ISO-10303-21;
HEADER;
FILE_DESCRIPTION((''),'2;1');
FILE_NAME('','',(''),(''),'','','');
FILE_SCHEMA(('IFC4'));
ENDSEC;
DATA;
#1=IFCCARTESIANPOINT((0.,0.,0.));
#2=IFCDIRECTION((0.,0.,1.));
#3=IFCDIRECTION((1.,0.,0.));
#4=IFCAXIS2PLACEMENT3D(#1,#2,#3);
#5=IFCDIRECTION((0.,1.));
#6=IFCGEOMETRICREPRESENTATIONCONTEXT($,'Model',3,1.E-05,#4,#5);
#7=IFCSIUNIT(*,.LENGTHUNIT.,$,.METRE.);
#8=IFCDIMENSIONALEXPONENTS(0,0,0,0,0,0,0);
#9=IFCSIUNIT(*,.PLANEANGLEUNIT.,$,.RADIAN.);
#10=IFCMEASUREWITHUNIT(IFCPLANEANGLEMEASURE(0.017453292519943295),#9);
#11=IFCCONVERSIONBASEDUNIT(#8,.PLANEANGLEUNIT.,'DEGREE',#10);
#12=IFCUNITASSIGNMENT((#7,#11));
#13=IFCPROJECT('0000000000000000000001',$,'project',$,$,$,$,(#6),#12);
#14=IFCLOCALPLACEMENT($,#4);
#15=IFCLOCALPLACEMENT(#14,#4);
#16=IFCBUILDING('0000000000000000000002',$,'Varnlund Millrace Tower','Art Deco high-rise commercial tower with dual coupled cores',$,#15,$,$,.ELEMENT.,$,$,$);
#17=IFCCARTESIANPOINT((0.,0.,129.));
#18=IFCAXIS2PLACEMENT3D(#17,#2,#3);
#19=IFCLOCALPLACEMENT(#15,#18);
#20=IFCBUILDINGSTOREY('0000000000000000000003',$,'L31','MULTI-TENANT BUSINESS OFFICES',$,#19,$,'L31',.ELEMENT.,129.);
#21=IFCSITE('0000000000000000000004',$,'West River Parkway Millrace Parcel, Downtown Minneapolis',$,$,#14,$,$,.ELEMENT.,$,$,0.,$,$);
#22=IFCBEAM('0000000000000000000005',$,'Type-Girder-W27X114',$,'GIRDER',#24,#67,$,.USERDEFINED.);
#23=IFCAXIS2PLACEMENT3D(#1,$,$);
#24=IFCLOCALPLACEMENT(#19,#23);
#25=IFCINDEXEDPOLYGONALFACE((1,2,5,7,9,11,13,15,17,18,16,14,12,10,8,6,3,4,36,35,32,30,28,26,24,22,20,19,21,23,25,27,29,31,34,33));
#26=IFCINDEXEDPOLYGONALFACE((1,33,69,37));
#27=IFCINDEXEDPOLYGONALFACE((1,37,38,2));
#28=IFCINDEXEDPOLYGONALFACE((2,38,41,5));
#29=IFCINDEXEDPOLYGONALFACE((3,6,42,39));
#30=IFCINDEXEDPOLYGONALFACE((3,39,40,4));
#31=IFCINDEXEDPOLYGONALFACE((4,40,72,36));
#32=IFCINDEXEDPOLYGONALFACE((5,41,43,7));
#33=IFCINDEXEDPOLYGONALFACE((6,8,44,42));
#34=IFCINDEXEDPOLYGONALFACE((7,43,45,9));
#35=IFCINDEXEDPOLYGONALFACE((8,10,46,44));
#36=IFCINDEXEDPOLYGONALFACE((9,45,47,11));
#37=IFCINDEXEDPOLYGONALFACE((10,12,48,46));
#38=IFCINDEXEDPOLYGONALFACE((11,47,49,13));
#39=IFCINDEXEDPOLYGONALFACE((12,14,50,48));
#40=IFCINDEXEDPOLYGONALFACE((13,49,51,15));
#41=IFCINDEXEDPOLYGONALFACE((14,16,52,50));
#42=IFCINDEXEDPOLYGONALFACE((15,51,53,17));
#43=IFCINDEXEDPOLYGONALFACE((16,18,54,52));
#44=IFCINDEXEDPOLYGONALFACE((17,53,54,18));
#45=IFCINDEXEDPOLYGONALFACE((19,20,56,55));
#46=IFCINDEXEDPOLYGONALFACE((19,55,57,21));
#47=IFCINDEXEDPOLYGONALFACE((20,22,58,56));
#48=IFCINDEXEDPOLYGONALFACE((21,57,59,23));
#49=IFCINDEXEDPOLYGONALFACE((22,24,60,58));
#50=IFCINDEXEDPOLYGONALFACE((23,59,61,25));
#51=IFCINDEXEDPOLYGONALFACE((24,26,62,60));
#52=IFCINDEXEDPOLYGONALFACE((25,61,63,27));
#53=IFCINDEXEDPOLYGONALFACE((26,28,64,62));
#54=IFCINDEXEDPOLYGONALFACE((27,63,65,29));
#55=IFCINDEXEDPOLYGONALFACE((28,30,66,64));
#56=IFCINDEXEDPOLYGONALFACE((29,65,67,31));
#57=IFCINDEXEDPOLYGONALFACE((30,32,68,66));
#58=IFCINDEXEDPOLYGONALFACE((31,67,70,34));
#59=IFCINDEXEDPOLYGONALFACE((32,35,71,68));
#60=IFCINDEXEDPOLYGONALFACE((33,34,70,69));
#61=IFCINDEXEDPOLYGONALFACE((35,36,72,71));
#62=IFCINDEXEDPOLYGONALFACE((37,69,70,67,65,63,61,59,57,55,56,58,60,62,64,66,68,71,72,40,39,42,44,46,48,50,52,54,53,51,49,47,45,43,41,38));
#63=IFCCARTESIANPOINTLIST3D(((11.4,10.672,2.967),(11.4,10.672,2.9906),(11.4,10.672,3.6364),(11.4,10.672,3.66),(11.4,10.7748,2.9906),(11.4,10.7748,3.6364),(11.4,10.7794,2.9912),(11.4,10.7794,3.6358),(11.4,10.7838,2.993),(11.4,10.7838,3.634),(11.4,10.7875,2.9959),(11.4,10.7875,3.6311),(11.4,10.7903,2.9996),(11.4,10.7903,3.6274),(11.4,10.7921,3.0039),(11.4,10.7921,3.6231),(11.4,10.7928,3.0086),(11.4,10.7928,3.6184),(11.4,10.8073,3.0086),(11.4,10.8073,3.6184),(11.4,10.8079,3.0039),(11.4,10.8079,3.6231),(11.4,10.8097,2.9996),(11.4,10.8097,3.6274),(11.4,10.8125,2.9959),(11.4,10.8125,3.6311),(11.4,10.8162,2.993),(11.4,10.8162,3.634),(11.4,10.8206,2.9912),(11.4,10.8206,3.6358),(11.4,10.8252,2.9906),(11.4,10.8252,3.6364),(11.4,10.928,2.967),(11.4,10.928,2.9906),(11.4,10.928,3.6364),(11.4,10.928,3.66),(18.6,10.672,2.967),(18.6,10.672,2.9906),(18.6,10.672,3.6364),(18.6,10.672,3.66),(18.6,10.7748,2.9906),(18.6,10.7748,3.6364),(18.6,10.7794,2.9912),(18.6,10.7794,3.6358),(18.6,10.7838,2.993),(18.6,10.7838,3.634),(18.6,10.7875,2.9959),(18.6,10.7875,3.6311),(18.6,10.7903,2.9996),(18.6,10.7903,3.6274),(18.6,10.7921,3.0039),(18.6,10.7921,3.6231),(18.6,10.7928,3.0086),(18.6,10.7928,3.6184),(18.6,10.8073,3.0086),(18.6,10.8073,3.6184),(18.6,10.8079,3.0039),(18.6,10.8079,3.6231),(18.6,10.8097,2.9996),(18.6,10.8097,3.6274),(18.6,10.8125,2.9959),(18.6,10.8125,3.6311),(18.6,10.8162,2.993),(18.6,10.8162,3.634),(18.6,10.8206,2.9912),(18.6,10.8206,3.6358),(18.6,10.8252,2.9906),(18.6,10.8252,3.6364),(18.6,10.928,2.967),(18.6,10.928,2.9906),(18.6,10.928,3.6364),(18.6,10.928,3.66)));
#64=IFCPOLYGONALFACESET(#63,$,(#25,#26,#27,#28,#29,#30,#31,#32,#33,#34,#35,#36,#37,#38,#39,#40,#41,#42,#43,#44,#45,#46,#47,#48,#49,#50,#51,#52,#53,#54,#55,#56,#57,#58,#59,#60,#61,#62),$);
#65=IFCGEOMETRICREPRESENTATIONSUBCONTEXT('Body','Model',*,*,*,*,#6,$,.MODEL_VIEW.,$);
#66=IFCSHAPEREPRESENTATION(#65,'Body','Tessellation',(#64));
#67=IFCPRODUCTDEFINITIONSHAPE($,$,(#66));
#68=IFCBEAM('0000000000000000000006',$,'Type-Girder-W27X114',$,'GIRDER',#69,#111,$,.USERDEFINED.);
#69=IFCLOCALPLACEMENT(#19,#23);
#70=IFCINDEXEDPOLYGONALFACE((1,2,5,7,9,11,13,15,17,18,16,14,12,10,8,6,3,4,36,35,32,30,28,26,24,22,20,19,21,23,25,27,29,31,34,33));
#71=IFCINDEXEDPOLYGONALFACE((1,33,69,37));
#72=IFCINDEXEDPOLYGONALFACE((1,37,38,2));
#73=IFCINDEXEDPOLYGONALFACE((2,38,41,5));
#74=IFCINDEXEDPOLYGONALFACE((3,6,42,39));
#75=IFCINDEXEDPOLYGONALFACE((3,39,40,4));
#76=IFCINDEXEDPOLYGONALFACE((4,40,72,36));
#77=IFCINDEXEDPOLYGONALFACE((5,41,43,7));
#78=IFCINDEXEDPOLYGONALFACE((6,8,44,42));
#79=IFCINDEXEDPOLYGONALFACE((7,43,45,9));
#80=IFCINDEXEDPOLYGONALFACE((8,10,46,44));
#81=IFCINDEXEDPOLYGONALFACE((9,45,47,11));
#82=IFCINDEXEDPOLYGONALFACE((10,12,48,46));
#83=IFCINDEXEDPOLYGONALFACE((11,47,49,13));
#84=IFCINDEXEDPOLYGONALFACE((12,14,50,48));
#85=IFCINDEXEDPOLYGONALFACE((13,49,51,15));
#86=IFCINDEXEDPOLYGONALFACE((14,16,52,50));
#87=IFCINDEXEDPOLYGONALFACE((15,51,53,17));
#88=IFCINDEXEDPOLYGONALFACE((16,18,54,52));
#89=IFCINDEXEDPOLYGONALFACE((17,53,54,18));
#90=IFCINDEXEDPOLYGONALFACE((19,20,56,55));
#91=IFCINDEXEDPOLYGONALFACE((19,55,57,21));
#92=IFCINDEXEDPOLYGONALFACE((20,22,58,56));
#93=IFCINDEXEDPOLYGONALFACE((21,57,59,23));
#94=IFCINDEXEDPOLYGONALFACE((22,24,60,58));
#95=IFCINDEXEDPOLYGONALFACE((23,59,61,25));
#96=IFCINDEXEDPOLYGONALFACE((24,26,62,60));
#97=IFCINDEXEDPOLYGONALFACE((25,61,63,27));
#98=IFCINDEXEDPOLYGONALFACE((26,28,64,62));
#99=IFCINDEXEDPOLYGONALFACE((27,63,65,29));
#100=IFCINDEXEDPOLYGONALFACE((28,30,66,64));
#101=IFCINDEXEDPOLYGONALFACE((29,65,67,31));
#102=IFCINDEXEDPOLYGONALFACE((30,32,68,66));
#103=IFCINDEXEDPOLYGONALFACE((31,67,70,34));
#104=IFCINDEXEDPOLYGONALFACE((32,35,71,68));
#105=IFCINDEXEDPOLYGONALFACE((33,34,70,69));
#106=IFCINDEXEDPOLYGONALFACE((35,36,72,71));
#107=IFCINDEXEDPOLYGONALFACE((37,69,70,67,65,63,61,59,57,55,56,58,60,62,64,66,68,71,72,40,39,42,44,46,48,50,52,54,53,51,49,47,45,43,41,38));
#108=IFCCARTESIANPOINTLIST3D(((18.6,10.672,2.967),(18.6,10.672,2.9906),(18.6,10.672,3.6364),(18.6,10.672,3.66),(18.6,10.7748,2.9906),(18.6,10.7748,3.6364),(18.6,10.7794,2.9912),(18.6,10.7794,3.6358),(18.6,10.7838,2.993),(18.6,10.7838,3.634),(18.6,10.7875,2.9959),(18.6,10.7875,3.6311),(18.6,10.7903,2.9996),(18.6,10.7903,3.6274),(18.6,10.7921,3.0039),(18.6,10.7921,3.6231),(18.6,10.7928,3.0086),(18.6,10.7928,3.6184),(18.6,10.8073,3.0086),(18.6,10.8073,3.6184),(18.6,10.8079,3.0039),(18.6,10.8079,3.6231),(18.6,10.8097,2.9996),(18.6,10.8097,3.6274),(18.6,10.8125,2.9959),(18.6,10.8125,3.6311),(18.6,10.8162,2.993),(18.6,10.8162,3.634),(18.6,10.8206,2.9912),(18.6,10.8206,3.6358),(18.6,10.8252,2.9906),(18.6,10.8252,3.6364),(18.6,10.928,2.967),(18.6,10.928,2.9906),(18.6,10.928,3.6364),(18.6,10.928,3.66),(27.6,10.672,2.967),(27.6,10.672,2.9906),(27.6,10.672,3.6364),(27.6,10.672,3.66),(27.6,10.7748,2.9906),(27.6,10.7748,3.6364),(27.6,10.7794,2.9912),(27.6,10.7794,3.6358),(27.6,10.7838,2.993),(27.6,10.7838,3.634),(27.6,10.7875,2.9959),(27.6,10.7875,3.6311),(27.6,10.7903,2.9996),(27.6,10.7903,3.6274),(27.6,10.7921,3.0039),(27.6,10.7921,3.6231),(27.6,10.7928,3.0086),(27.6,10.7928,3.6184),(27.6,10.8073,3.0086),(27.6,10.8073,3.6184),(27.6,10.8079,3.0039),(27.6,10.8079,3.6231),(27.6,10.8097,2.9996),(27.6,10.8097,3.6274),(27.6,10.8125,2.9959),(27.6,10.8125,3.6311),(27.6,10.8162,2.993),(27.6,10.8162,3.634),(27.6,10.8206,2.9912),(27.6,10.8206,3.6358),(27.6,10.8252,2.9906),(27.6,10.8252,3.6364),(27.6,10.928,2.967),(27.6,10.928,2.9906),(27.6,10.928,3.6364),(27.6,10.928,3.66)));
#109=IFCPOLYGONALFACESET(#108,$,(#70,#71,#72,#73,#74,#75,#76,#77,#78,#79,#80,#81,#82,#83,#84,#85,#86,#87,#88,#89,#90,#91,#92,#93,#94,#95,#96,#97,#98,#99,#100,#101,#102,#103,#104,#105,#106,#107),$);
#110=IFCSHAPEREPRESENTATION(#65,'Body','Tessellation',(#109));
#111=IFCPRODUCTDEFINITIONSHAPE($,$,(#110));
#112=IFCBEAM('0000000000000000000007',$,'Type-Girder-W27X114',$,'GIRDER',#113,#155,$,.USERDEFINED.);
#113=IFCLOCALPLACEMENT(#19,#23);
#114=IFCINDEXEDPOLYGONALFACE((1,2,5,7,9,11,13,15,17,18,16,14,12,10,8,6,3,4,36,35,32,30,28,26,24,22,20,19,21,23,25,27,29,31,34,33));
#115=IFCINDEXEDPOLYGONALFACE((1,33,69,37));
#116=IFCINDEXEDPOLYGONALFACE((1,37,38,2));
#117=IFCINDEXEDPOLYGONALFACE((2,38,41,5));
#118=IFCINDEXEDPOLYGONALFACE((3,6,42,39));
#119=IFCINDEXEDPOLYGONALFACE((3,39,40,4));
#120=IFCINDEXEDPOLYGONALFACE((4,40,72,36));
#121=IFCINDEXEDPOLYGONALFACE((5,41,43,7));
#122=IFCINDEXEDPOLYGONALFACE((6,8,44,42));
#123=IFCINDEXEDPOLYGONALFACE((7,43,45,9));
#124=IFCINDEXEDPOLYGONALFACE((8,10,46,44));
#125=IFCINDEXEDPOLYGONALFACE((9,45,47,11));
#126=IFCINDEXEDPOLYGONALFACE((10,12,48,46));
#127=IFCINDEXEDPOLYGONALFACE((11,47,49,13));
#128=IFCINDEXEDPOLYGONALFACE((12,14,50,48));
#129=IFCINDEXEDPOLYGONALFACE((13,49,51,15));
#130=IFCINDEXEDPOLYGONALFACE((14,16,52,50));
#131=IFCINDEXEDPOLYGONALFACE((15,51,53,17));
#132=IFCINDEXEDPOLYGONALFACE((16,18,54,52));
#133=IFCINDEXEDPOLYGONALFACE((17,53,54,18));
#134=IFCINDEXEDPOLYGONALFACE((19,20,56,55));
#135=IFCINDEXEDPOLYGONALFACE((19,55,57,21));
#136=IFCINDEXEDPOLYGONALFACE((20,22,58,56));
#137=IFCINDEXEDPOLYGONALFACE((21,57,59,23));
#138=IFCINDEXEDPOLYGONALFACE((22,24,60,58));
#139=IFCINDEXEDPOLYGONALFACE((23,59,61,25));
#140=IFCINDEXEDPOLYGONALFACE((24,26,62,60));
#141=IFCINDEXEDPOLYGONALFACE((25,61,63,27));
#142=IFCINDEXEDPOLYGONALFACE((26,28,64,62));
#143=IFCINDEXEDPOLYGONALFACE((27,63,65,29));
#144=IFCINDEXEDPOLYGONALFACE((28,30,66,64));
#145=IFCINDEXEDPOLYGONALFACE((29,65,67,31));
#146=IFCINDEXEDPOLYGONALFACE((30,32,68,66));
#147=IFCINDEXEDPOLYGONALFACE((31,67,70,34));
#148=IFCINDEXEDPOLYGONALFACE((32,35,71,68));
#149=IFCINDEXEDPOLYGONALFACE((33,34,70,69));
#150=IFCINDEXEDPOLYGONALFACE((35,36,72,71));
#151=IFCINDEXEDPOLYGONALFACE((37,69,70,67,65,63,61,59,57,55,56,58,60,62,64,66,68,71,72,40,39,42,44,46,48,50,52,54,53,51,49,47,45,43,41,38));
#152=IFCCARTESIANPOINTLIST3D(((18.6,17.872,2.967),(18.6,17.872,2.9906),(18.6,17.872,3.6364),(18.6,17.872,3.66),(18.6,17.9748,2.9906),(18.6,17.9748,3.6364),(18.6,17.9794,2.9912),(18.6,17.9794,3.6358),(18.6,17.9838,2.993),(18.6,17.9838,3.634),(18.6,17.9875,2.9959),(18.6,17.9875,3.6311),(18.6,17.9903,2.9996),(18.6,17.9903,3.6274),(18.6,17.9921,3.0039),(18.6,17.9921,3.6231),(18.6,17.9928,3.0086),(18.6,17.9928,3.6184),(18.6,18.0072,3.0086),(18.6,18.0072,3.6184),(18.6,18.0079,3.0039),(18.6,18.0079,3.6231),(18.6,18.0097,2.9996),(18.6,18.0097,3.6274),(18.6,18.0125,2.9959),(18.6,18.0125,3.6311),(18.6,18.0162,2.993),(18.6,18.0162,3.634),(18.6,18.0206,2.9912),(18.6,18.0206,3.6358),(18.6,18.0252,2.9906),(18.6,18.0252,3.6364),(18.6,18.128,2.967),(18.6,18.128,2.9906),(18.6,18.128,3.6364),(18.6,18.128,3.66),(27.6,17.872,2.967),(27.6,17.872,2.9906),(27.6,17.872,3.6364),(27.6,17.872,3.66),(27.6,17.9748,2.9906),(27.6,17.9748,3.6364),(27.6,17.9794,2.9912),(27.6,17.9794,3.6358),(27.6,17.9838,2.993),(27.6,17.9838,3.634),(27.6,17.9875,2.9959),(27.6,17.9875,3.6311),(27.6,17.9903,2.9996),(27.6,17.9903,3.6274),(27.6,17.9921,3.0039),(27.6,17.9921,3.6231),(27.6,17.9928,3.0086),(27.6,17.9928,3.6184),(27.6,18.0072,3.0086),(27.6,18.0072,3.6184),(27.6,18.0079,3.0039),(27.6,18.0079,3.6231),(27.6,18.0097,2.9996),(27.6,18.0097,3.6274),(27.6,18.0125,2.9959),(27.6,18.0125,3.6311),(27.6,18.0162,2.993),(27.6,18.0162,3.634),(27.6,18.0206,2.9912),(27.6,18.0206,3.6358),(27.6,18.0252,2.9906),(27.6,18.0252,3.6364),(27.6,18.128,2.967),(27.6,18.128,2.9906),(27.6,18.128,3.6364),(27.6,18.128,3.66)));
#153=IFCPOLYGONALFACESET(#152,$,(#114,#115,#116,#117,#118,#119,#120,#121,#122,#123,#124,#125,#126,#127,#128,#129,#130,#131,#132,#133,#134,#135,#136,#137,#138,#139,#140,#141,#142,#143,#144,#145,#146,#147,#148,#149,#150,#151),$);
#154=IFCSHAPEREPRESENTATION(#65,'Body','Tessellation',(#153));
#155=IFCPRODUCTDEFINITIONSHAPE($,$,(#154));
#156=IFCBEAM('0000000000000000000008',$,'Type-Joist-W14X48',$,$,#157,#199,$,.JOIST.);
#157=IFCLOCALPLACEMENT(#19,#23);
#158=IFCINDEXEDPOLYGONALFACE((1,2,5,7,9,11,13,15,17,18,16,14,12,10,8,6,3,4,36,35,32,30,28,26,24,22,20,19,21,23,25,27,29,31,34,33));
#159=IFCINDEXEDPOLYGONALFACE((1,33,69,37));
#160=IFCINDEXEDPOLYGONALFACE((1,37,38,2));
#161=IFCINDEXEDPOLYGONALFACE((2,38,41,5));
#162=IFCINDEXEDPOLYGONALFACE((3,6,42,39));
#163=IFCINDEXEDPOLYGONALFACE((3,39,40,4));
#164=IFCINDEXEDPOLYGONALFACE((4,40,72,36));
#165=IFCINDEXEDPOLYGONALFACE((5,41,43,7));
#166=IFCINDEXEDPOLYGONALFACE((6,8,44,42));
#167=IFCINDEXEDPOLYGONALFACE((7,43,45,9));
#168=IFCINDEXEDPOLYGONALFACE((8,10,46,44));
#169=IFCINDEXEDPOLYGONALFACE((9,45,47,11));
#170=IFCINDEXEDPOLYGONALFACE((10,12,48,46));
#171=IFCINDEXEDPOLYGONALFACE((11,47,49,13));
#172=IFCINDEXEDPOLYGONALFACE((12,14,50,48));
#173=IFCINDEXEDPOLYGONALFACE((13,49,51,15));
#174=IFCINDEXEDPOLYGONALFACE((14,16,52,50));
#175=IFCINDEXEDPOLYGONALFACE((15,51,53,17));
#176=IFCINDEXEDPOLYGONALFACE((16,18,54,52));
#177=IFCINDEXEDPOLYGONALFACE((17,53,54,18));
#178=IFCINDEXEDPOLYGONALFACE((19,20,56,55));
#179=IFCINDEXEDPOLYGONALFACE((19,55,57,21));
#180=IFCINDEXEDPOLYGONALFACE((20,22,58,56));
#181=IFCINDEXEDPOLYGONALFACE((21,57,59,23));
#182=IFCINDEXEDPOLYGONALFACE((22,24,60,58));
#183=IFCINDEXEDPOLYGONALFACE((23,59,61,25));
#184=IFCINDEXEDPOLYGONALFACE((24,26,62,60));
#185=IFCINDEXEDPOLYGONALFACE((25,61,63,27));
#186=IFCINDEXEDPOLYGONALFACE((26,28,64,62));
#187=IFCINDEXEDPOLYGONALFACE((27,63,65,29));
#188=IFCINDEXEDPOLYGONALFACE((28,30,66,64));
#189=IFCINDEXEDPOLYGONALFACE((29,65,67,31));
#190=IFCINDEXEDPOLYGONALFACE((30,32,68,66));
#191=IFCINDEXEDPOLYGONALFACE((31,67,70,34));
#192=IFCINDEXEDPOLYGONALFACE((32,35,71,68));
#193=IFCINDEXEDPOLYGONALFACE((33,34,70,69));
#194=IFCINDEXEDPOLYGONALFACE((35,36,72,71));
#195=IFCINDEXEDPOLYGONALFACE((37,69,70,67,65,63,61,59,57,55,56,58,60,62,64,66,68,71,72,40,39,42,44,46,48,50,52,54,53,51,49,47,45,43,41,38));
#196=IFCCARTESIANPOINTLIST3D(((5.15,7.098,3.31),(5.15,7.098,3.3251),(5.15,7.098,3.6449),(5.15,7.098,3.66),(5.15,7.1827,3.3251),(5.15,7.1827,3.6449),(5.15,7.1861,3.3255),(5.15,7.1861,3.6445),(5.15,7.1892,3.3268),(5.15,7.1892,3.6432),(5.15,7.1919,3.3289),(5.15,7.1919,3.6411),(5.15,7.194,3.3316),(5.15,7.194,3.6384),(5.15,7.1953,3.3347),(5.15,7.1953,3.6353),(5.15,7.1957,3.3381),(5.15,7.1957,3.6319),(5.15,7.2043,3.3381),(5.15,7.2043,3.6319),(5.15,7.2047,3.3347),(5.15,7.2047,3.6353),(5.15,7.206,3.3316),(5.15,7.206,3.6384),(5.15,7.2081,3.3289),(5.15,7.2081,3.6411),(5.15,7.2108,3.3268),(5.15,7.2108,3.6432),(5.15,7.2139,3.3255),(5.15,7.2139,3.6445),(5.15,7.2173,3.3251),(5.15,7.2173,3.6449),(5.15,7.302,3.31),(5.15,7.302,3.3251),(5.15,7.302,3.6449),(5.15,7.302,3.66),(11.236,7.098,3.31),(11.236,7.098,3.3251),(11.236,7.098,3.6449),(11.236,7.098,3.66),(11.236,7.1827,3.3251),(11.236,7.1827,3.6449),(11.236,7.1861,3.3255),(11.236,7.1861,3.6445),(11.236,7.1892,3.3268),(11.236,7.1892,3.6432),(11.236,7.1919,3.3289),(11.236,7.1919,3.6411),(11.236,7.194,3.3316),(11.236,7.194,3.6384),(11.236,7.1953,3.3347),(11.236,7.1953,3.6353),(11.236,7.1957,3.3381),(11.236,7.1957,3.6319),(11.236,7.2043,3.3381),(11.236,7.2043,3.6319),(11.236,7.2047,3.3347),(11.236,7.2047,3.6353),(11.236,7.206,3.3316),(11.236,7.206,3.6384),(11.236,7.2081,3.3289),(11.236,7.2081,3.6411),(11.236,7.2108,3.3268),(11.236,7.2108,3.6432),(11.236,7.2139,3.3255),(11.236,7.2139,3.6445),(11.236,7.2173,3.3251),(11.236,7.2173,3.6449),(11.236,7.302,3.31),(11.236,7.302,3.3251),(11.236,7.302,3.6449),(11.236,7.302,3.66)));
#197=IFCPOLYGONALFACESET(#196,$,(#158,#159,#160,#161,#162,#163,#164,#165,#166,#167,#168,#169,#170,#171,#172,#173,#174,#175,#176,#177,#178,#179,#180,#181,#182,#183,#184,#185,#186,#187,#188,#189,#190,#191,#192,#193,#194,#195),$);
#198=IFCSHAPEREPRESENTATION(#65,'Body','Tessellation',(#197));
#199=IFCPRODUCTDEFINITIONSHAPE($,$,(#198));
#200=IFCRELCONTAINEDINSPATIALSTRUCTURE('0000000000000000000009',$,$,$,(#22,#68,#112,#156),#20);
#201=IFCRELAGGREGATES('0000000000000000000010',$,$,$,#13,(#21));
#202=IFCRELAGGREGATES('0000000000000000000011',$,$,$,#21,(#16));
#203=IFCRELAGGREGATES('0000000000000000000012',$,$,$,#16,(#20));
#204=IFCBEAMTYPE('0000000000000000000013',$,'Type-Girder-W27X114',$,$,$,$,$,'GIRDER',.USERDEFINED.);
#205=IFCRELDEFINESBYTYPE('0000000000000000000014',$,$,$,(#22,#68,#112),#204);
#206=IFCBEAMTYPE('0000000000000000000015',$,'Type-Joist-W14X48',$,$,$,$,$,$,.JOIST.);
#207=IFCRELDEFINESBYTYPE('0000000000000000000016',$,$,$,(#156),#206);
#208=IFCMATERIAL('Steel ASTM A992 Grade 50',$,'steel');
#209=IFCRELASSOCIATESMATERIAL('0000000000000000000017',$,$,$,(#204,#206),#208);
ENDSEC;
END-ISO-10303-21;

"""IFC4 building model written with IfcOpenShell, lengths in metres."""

from ifc_helpers import new_model, entity, si_unit, converted_unit, direction, frame, origin_with_axes, origin_2d_with_axis, place, context, subcontext, project, spatial, i_section, extrude, material, material_profile, profile_set, type_object, element, save


model = new_model("IFC4")

# Units and contexts
model_context = context("Model", 3, precision=1e-05, world=origin_with_axes(), true_north=direction((0.0, 1.0)))
body_context = subcontext(model_context, "Body", "Model", "MODEL_VIEW")
ifc_project = project(units=[si_unit("LENGTHUNIT", "METRE"), converted_unit("PLANEANGLEUNIT", "DEGREE", entity("IfcPlaneAngleMeasure", 0.017453292519943295), si_unit("PLANEANGLEUNIT", "RADIAN"), dimensions=[0, 0, 0, 0, 0, 0, 0])], contexts=[model_context])

# Site, building, storey
site_placement = place(None, origin_with_axes())
site = spatial("IfcSite", under=ifc_project, at=site_placement, Name="West River Parkway Millrace Parcel, Downtown Minneapolis", CompositionType="ELEMENT", RefElevation=0.0)
building_placement = place(site_placement, origin_with_axes())
building = spatial("IfcBuilding", under=site, at=building_placement, Name="Varnlund Millrace Tower", Description="Art Deco high-rise commercial tower with dual coupled cores", CompositionType="ELEMENT")
storey_placement = place(building_placement, frame((0.0, 0.0, 129.0), z_axis=(0.0, 0.0, 1.0), x_axis=(1.0, 0.0, 0.0)))
storey = spatial("IfcBuildingStorey", under=building, at=storey_placement, Name="L31", Description="MULTI-TENANT BUSINESS OFFICES", LongName="L31", CompositionType="ELEMENT", Elevation=129.0)

# Beams
ifc_material_1 = material(Name="Steel ASTM A992 Grade 50", Category="steel")
ifc_material_profile_1 = material_profile(ifc_material_1, i_section(OverallWidth=0.256, OverallDepth=0.693, WebThickness=0.0145, FlangeThickness=0.0236, FilletRadius=0.018, at=origin_2d_with_axis()), Name="Steel ASTM A992 Grade 50")
ifc_profile_set_1 = profile_set([ifc_material_profile_1], Name="Steel ASTM A992 Grade 50")
beam_type_1 = type_object("IfcBeamType", Name="Type-Girder-W27X114", ElementType="GIRDER", PredefinedType="USERDEFINED", material=ifc_profile_set_1)
beam_1_placement = place(storey_placement, frame((11.4, 10.8, 3.3135), z_axis=(1.0, 0.0, 0.0), x_axis=(0.0, 1.0, 0.0)))
element("IfcBeam", 1, at=beam_1_placement, inside=storey, type_object=beam_type_1, Name="Type-Girder-W27X114", ObjectType="GIRDER", PredefinedType="USERDEFINED", context=body_context, shape_type="SweptSolid", body=[
    extrude(i_section(OverallWidth=0.256, OverallDepth=0.693, WebThickness=0.0145, FlangeThickness=0.0236, FilletRadius=0.018, at=origin_2d_with_axis()), origin_with_axes(), (0.0, 0.0, 1.0), 7.2),
])
for number, where, z_axis, x_axis, name in (
    (2, (18.6, 10.8, 3.3135), (1.0, 0.0, 0.0), (0.0, 1.0, 0.0), "Type-Girder-W27X114"),
    (3, (18.6, 18.0, 3.3135), (1.0, 0.0, 0.0), (0.0, 1.0, 0.0), "Type-Girder-W27X114"),
):
    element("IfcBeam", number, at=place(storey_placement, frame(where, z_axis=z_axis, x_axis=x_axis)), inside=storey, type_object=beam_type_1, Name=name, ObjectType="GIRDER", PredefinedType="USERDEFINED", context=body_context, shape_type="SweptSolid", body=[
        extrude(i_section(OverallWidth=0.256, OverallDepth=0.693, WebThickness=0.0145, FlangeThickness=0.0236, FilletRadius=0.018, at=origin_2d_with_axis()), origin_with_axes(), (0.0, 0.0, 1.0), 9.0),
    ])
ifc_material_profile_2 = material_profile(ifc_material_1, i_section(OverallWidth=0.204, OverallDepth=0.35, WebThickness=0.0086, FlangeThickness=0.0151, FilletRadius=0.013, at=origin_2d_with_axis()), Name="Steel ASTM A992 Grade 50")
ifc_profile_set_2 = profile_set([ifc_material_profile_2], Name="Steel ASTM A992 Grade 50")
beam_type_2 = type_object("IfcBeamType", Name="Type-Joist-W14X48", PredefinedType="JOIST", material=ifc_profile_set_2)
for number, where, z_axis, x_axis, name in (
    (4, (5.15, 7.2, 3.485), (1.0, 0.0, 0.0), (0.0, 1.0, 0.0), "Type-Joist-W14X48"),
):
    element("IfcBeam", number, at=place(storey_placement, frame(where, z_axis=z_axis, x_axis=x_axis)), inside=storey, type_object=beam_type_2, Name=name, PredefinedType="JOIST", context=body_context, shape_type="SweptSolid", body=[
        extrude(i_section(OverallWidth=0.204, OverallDepth=0.35, WebThickness=0.0086, FlangeThickness=0.0151, FilletRadius=0.013, at=origin_2d_with_axis()), origin_with_axes(), (0.0, 0.0, 1.0), 6.086),
    ])

save(model, "model.ifc")
